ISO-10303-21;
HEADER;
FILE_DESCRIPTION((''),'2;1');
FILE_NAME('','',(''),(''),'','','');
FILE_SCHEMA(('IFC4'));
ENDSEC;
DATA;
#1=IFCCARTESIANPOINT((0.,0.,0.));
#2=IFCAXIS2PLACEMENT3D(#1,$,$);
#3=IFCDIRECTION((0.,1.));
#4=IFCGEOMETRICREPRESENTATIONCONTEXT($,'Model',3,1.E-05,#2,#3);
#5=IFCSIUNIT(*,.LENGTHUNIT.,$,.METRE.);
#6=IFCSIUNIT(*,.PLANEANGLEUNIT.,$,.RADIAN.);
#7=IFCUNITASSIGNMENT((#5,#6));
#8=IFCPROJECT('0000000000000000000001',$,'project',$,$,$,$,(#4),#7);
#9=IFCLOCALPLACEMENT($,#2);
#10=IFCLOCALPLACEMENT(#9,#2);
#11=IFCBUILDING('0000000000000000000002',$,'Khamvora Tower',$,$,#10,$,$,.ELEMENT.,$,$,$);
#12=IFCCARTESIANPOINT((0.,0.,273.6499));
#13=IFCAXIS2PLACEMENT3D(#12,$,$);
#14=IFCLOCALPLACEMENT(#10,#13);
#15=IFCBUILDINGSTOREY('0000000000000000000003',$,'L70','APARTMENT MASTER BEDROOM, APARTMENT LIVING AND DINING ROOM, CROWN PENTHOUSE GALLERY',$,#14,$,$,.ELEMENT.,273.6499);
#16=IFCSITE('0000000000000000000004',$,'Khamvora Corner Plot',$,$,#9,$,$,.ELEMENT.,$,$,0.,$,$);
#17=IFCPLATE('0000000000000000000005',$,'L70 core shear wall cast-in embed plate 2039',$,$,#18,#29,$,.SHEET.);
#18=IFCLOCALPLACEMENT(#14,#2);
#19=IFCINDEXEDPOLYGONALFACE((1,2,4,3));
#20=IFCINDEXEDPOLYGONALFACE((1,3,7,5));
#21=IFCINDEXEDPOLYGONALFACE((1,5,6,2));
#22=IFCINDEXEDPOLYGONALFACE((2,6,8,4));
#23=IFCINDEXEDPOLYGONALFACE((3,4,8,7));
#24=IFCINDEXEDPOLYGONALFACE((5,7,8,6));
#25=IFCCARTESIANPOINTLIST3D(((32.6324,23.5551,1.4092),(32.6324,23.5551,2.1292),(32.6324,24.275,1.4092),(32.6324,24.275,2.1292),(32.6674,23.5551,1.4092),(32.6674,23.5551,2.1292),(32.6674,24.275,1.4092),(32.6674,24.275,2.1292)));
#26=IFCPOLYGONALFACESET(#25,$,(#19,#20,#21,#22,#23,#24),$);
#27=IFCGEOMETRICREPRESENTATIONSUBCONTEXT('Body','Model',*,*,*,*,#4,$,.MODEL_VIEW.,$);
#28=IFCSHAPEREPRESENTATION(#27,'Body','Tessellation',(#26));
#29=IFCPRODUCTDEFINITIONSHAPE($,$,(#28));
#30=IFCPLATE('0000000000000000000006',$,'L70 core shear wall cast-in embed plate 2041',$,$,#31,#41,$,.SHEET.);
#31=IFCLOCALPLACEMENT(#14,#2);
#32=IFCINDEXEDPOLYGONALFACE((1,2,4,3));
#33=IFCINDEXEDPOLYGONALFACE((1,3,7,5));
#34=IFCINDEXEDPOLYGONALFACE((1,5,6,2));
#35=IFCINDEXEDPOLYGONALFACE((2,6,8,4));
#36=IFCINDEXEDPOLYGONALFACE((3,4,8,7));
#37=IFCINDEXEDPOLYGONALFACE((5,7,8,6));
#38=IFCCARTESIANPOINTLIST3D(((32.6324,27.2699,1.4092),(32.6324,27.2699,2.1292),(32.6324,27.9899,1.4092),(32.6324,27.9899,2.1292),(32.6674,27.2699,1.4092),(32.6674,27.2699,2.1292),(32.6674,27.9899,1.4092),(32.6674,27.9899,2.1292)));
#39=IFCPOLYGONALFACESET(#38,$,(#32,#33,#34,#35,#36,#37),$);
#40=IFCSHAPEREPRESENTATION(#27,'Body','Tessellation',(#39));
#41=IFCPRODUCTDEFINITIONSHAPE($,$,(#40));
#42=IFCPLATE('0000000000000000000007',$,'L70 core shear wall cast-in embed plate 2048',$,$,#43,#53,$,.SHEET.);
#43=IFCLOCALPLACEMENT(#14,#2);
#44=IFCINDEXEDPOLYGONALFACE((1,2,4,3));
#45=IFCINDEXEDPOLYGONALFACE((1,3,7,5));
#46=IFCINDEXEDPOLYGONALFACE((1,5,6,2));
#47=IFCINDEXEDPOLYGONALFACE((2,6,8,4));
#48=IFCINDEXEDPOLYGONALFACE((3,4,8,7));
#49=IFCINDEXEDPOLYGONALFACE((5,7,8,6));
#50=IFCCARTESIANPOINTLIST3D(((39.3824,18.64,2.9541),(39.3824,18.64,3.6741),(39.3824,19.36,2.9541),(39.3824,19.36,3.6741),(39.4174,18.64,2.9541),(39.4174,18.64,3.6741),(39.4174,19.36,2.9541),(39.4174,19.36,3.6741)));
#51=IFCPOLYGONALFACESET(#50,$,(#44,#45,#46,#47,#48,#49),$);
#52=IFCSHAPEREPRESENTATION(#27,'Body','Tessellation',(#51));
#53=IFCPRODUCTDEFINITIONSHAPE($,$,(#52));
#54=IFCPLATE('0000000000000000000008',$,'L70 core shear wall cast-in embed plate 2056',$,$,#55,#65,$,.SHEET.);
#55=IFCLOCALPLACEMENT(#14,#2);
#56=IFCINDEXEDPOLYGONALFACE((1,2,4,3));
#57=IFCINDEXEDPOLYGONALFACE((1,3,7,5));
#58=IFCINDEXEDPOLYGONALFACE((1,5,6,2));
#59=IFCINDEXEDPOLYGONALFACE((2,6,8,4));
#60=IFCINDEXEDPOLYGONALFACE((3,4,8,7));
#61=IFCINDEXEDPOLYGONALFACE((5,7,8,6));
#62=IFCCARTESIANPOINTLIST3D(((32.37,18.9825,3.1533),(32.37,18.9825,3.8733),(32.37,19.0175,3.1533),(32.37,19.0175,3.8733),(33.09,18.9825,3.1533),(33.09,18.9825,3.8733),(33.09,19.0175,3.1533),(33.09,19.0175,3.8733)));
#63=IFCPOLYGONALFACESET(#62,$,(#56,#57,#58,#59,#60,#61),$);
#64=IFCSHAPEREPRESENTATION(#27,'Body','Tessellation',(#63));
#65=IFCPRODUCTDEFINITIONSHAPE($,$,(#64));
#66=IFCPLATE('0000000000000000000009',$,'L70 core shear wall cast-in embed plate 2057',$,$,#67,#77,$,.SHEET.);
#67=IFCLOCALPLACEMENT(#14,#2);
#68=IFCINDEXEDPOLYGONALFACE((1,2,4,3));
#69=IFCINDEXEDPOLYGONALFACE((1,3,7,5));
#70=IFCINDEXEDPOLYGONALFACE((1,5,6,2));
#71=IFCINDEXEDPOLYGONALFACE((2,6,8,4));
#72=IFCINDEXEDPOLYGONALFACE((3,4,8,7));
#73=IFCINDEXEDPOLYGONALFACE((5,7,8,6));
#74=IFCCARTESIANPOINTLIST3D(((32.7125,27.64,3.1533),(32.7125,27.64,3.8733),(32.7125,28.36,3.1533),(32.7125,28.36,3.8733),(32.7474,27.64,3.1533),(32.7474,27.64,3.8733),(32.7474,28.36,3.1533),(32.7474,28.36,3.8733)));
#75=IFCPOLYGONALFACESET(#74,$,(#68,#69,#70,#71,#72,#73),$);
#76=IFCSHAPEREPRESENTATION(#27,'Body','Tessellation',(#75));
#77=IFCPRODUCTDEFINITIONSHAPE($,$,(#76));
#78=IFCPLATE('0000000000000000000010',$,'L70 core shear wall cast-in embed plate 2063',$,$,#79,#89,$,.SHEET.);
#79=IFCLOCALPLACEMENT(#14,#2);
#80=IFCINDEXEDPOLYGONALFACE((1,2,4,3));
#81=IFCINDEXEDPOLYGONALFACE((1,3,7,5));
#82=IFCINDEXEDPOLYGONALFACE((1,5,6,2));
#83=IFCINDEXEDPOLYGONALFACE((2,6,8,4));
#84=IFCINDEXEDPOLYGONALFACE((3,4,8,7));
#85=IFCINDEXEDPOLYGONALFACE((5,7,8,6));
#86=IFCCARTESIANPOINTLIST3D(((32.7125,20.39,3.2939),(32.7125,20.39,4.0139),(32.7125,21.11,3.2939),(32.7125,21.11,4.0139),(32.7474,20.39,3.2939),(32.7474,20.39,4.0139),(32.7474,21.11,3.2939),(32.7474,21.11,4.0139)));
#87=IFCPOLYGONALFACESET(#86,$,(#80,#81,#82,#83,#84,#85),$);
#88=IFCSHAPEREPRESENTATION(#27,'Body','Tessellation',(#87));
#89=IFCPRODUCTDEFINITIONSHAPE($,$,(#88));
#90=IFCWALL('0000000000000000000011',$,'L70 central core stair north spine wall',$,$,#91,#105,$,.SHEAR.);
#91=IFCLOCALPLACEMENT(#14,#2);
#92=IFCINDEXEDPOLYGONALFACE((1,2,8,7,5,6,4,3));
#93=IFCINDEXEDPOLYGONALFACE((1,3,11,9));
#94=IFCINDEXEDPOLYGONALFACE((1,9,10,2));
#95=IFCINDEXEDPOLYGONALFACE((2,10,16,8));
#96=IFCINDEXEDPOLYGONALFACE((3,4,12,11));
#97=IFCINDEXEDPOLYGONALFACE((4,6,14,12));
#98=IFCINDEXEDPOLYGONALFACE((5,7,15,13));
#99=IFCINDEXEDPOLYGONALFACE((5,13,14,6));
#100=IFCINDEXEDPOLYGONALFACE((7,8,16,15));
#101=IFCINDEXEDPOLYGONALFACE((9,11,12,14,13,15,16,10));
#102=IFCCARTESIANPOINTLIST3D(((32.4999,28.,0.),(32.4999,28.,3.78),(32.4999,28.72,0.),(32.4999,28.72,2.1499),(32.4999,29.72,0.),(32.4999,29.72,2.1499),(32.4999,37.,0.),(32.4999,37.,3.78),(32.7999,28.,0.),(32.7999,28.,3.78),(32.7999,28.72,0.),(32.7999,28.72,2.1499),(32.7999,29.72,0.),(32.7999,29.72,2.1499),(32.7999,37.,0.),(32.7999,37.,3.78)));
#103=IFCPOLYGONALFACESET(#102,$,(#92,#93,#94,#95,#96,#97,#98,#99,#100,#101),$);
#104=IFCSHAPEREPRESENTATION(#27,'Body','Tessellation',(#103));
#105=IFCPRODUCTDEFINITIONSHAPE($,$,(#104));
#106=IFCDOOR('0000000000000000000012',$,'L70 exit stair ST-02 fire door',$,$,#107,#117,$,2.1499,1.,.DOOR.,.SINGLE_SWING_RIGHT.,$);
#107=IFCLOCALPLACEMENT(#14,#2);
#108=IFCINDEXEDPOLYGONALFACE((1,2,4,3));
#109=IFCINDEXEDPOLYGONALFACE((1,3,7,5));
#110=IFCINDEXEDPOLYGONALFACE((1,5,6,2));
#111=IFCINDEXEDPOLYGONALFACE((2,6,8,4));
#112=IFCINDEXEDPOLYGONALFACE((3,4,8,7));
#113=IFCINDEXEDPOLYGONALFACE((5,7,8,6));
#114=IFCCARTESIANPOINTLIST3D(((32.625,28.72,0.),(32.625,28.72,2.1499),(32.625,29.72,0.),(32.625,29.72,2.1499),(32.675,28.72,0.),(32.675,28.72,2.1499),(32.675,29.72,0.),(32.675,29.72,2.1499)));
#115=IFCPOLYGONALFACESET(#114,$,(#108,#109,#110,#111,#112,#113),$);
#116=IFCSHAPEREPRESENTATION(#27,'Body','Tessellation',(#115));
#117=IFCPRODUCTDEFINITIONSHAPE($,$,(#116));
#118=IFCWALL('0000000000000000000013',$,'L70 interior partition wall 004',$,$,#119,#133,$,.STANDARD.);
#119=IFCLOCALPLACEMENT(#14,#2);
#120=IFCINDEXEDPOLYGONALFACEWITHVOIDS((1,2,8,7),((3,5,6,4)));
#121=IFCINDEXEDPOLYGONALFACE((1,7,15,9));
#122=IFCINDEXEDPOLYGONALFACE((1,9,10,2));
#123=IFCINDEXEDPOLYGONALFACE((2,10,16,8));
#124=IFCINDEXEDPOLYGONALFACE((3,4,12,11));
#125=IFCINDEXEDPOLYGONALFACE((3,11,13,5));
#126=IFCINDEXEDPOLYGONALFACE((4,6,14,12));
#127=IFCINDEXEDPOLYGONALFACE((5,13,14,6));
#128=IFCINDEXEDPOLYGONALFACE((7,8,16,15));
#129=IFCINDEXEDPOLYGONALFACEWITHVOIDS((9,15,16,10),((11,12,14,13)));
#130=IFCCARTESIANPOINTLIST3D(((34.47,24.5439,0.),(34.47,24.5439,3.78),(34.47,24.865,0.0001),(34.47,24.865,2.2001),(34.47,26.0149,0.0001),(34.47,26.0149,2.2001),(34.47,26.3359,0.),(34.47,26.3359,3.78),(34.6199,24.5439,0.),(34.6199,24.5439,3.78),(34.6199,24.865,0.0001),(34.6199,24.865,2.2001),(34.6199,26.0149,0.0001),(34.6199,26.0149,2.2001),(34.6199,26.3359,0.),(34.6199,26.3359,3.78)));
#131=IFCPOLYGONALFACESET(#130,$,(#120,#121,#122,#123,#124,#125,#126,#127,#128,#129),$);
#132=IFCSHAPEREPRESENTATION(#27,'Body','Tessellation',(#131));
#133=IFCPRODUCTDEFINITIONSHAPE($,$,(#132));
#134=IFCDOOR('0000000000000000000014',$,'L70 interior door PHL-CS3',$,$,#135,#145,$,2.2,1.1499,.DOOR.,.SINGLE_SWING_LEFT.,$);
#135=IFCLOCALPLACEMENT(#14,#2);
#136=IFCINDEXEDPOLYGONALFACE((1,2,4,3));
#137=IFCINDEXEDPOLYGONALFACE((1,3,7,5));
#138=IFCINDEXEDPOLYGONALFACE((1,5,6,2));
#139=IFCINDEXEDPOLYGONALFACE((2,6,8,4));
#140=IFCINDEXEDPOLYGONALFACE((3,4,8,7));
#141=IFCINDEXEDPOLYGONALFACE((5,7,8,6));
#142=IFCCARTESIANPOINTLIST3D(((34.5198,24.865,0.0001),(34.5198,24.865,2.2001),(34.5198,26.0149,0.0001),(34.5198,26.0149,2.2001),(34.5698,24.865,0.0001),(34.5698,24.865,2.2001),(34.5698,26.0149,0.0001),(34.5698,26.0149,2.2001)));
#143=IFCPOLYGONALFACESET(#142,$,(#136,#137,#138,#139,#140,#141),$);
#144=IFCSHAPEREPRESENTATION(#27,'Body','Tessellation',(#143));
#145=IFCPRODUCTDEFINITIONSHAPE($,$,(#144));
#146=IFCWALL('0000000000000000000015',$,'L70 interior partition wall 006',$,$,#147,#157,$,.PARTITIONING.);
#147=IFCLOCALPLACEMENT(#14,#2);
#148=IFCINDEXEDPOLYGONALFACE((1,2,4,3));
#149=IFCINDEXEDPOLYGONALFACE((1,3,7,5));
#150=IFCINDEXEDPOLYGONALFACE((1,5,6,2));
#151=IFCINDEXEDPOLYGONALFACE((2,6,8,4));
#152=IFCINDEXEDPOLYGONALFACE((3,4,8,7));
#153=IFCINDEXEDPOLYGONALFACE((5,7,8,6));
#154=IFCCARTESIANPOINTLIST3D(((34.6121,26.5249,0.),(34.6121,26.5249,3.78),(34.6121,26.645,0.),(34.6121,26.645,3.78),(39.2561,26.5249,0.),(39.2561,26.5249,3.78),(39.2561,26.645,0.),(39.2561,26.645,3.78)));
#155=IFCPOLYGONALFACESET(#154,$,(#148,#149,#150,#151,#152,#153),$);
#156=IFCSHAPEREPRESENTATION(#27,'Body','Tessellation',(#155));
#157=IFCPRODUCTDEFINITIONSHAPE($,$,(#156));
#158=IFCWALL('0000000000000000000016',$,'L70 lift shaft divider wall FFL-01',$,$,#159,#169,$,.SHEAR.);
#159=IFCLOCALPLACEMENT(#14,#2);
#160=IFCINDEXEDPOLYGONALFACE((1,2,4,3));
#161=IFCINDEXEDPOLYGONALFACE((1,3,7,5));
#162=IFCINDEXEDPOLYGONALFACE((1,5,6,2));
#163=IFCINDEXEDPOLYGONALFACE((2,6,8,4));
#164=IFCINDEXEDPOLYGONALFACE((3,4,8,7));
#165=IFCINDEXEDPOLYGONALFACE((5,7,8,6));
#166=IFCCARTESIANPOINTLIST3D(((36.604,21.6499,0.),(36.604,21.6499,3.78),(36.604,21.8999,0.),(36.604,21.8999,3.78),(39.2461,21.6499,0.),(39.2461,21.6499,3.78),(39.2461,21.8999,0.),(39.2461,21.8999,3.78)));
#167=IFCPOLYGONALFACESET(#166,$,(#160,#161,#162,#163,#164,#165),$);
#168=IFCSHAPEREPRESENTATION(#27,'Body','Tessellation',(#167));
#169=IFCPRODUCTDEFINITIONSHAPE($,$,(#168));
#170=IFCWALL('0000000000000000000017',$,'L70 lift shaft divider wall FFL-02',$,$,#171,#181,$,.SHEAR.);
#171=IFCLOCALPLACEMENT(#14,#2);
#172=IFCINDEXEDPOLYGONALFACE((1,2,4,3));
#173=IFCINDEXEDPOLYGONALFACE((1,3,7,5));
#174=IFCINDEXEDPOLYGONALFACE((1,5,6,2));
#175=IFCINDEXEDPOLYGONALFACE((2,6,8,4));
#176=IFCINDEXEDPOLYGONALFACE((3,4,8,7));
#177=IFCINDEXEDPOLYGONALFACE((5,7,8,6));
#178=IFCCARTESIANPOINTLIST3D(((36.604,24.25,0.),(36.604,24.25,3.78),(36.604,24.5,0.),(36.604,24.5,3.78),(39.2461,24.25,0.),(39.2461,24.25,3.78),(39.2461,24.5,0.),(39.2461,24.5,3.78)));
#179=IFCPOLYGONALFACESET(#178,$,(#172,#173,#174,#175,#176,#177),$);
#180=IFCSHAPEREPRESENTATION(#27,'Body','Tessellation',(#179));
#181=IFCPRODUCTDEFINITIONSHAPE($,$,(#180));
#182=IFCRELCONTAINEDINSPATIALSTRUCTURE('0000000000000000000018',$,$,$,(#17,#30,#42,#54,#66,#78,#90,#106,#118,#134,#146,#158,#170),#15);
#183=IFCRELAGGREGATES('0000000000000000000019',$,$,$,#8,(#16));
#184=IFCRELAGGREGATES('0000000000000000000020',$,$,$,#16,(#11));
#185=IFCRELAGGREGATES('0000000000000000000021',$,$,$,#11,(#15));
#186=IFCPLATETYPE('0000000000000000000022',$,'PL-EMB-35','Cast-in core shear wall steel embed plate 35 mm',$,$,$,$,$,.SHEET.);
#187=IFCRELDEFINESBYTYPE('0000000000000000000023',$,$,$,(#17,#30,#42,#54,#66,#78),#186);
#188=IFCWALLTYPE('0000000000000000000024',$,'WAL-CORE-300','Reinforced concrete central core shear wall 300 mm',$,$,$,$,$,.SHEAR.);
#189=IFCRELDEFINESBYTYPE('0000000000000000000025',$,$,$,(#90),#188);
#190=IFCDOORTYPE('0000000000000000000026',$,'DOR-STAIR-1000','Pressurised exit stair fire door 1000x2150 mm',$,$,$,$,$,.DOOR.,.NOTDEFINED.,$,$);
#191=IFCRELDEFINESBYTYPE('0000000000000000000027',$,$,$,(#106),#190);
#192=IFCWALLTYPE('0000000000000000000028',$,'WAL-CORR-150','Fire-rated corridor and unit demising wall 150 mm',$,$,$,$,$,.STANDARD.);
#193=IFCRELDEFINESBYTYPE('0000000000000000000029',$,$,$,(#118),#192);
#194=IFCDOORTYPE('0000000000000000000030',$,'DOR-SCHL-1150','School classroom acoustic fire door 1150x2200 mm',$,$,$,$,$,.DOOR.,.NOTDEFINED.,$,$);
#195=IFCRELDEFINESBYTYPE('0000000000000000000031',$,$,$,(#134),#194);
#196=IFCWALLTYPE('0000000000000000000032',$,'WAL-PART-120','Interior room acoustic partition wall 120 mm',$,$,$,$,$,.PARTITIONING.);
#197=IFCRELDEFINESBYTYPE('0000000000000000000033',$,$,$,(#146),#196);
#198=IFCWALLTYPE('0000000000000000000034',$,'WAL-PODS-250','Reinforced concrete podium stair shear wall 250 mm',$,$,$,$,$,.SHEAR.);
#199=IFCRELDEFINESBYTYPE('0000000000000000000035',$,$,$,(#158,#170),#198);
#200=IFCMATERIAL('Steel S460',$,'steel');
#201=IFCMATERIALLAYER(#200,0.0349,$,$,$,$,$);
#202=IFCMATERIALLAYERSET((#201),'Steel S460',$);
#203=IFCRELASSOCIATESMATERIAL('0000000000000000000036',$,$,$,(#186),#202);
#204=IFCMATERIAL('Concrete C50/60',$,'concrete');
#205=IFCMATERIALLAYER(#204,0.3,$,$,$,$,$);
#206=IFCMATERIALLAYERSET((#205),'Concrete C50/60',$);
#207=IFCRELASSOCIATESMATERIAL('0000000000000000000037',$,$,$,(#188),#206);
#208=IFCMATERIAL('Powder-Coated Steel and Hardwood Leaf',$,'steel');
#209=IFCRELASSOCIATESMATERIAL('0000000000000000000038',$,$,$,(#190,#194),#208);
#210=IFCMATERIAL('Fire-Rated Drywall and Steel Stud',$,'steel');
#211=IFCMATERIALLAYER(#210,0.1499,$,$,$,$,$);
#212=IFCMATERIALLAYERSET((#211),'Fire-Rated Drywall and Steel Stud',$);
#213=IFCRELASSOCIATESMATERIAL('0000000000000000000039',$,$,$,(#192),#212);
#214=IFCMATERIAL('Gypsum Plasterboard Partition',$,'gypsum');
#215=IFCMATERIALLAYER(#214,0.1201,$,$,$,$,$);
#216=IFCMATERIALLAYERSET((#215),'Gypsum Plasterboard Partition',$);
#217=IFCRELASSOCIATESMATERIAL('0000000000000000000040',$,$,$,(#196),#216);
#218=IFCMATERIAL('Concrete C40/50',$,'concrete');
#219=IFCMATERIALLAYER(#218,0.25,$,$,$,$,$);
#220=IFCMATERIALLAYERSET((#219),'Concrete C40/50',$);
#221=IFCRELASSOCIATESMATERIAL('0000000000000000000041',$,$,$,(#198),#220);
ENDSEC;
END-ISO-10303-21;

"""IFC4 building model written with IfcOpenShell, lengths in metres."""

from ifc_helpers import new_model, si_unit, direction, frame, frame_2d, origin, origin_2d, place, context, subcontext, project, spatial, rectangle, extrude, material, layer, layer_set, type_object, element, fill, save


model = new_model("IFC4")

# Units and contexts
model_context = context("Model", 3, precision=1e-05, world=origin(), true_north=direction((0.0, 1.0)))
body_context = subcontext(model_context, "Body", "Model", "MODEL_VIEW")
ifc_project = project(units=[si_unit("LENGTHUNIT", "METRE"), si_unit("PLANEANGLEUNIT", "RADIAN")], contexts=[model_context])

# Site, building, storey
site_placement = place(None, origin())
site = spatial("IfcSite", under=ifc_project, at=site_placement, Name="Khamvora Corner Plot", CompositionType="ELEMENT", RefElevation=0.0)
building_placement = place(site_placement, origin())
building = spatial("IfcBuilding", under=site, at=building_placement, Name="Khamvora Tower", CompositionType="ELEMENT")
storey_placement = place(building_placement, frame((0.0, 0.0, 273.6499)))
storey = spatial("IfcBuildingStorey", under=building, at=storey_placement, Name="L70", Description="APARTMENT MASTER BEDROOM, APARTMENT LIVING AND DINING ROOM, CROWN PENTHOUSE GALLERY", CompositionType="ELEMENT", Elevation=273.6499)

# Shared definitions
ifc_material_1 = material(Name="Steel S460", Category="steel")

# Plates
ifc_layer_1 = layer(ifc_material_1, 0.0349)
ifc_layer_set_1 = layer_set([ifc_layer_1], Name="Steel S460")
plate_type = type_object("IfcPlateType", Name="PL-EMB-35", Description="Cast-in core shear wall steel embed plate 35 mm", PredefinedType="SHEET", material=ifc_layer_set_1)
for number, where, z_axis, x_axis, name in (
    (1, (32.6499, 23.915, 1.4092), (0.0, 0.0, 1.0), (1.0, 0.0, 0.0), "L70 core shear wall cast-in embed plate 2039"),
    (2, (32.6499, 27.6299, 1.4092), (0.0, 0.0, 1.0), (1.0, 0.0, 0.0), "L70 core shear wall cast-in embed plate 2041"),
    (3, (39.3999, 19.0, 2.9541), (0.0, 0.0, 1.0), (1.0, 0.0, 0.0), "L70 core shear wall cast-in embed plate 2048"),
):
    element("IfcPlate", number, at=place(storey_placement, frame(where, z_axis=z_axis, x_axis=x_axis)), inside=storey, type_object=plate_type, Name=name, PredefinedType="SHEET", context=body_context, shape_type="SweptSolid", body=[
        extrude(rectangle(XDim=0.0349, YDim=0.72, at=origin_2d()), origin(), (0.0, 0.0, 1.0), 0.72),
    ])
plate_placement = place(storey_placement, frame((32.73, 19.0, 3.1533), z_axis=(0.0, 0.0, 1.0), x_axis=(1.0, 0.0, 0.0)))
element("IfcPlate", 4, at=plate_placement, inside=storey, type_object=plate_type, Name="L70 core shear wall cast-in embed plate 2056", PredefinedType="SHEET", context=body_context, shape_type="SweptSolid", body=[
    extrude(rectangle(XDim=0.72, YDim=0.0349, at=origin_2d()), origin(), (0.0, 0.0, 1.0), 0.72),
])
for number, where, z_axis, x_axis, name in (
    (5, (32.73, 28.0, 3.1533), (0.0, 0.0, 1.0), (1.0, 0.0, 0.0), "L70 core shear wall cast-in embed plate 2057"),
    (6, (32.73, 20.75, 3.2939), (0.0, 0.0, 1.0), (1.0, 0.0, 0.0), "L70 core shear wall cast-in embed plate 2063"),
):
    element("IfcPlate", number, at=place(storey_placement, frame(where, z_axis=z_axis, x_axis=x_axis)), inside=storey, type_object=plate_type, Name=name, PredefinedType="SHEET", context=body_context, shape_type="SweptSolid", body=[
        extrude(rectangle(XDim=0.0349, YDim=0.72, at=origin_2d()), origin(), (0.0, 0.0, 1.0), 0.72),
    ])

# Wall, opening, door
ifc_material_2 = material(Name="Concrete C50/60", Category="concrete")
ifc_layer_2 = layer(ifc_material_2, 0.3)
ifc_layer_set_2 = layer_set([ifc_layer_2], Name="Concrete C50/60")
wall_type_1 = type_object("IfcWallType", Name="WAL-CORE-300", Description="Reinforced concrete central core shear wall 300 mm", PredefinedType="SHEAR", material=ifc_layer_set_2)
wall_1_placement = place(storey_placement, frame((32.6499, 28.0, 0.0), z_axis=(0.0, 0.0, 1.0), x_axis=(0.0, 1.0, 0.0)))
wall_1 = element("IfcWall", 7, at=wall_1_placement, inside=storey, type_object=wall_type_1, Name="L70 central core stair north spine wall", PredefinedType="SHEAR", context=body_context, shape_type="SweptSolid", body=[
    extrude(rectangle(XDim=9.0, YDim=0.3, at=frame_2d((4.5, 0.0))), origin(), (0.0, 0.0, 1.0), 3.78),
])
opening_1_placement = place(wall_1_placement, frame((0.72, 0.0, 0.0)))
opening_1 = element("IfcOpeningElement", 8, at=opening_1_placement, cuts=wall_1, PredefinedType="OPENING", context=body_context, shape_type="SweptSolid", body=[
    extrude(rectangle(XDim=1.0, YDim=2.1499, at=frame_2d((0.5, 1.075))), frame((0.0, 0.1599, 0.0), z_axis=(0.0, -1.0, 0.0), x_axis=(1.0, 0.0, 0.0)), (0.0, 0.0, 1.0), 0.3201),
])
ifc_material_3 = material(Name="Powder-Coated Steel and Hardwood Leaf", Category="steel")
door_type_1 = type_object("IfcDoorType", Name="DOR-STAIR-1000", Description="Pressurised exit stair fire door 1000x2150 mm", OperationType="NOTDEFINED", PredefinedType="DOOR", material=ifc_material_3)
door_1_placement = place(opening_1_placement, origin())
door_1 = element("IfcDoor", 9, at=door_1_placement, inside=storey, type_object=door_type_1, Name="L70 exit stair ST-02 fire door", OperationType="SINGLE_SWING_RIGHT", OverallHeight=2.1499, OverallWidth=1.0, PredefinedType="DOOR", context=body_context, shape_type="SweptSolid", body=[
    extrude(rectangle(XDim=1.0, YDim=2.1499, at=frame_2d((0.5, 1.075))), frame((0.0, 0.0249, 0.0), z_axis=(0.0, -1.0, 0.0), x_axis=(1.0, 0.0, 0.0)), (0.0, 0.0, 1.0), 0.05),
])
fill(opening_1, door_1)

# Wall, opening, door
ifc_material_4 = material(Name="Fire-Rated Drywall and Steel Stud", Category="steel")
ifc_layer_3 = layer(ifc_material_4, 0.1499)
ifc_layer_set_3 = layer_set([ifc_layer_3], Name="Fire-Rated Drywall and Steel Stud")
wall_type_2 = type_object("IfcWallType", Name="WAL-CORR-150", Description="Fire-rated corridor and unit demising wall 150 mm", PredefinedType="STANDARD", material=ifc_layer_set_3)
wall_2_placement = place(storey_placement, frame((34.5449, 26.3359, 0.0), z_axis=(0.0, 0.0, 1.0), x_axis=(0.0, -1.0, 0.0)))
wall_2 = element("IfcWall", 10, at=wall_2_placement, inside=storey, type_object=wall_type_2, Name="L70 interior partition wall 004", PredefinedType="STANDARD", context=body_context, shape_type="SweptSolid", body=[
    extrude(rectangle(XDim=1.792, YDim=0.1499, at=frame_2d((0.896, 0.0))), origin(), (0.0, 0.0, 1.0), 3.78),
])
opening_2_placement = place(wall_2_placement, frame((0.321, 0.0, 0.0)))
opening_2 = element("IfcOpeningElement", 11, at=opening_2_placement, cuts=wall_2, PredefinedType="OPENING", context=body_context, shape_type="SweptSolid", body=[
    extrude(rectangle(XDim=1.1499, YDim=2.2, at=frame_2d((0.575, 1.1001))), frame((0.0, 0.085, 0.0), z_axis=(0.0, -1.0, 0.0), x_axis=(1.0, 0.0, 0.0)), (0.0, 0.0, 1.0), 0.1699),
])
door_type_2 = type_object("IfcDoorType", Name="DOR-SCHL-1150", Description="School classroom acoustic fire door 1150x2200 mm", OperationType="NOTDEFINED", PredefinedType="DOOR", material=ifc_material_3)
door_2_placement = place(opening_2_placement, origin())
door_2 = element("IfcDoor", 12, at=door_2_placement, inside=storey, type_object=door_type_2, Name="L70 interior door PHL-CS3", OperationType="SINGLE_SWING_LEFT", OverallHeight=2.2, OverallWidth=1.1499, PredefinedType="DOOR", context=body_context, shape_type="SweptSolid", body=[
    extrude(rectangle(XDim=1.1499, YDim=2.2, at=frame_2d((0.575, 1.1001))), frame((0.0, 0.0249, 0.0), z_axis=(0.0, -1.0, 0.0), x_axis=(1.0, 0.0, 0.0)), (0.0, 0.0, 1.0), 0.05),
])
fill(opening_2, door_2)

# Walls
ifc_material_5 = material(Name="Gypsum Plasterboard Partition", Category="gypsum")
ifc_layer_4 = layer(ifc_material_5, 0.1201)
ifc_layer_set_4 = layer_set([ifc_layer_4], Name="Gypsum Plasterboard Partition")
wall_type_3 = type_object("IfcWallType", Name="WAL-PART-120", Description="Interior room acoustic partition wall 120 mm", PredefinedType="PARTITIONING", material=ifc_layer_set_4)
wall_3_placement = place(storey_placement, frame((39.2561, 26.585, 0.0), z_axis=(0.0, 0.0, 1.0), x_axis=(-1.0, 0.0, 0.0)))
element("IfcWall", 13, at=wall_3_placement, inside=storey, type_object=wall_type_3, Name="L70 interior partition wall 006", PredefinedType="PARTITIONING", context=body_context, shape_type="SweptSolid", body=[
    extrude(rectangle(XDim=4.644, YDim=0.1201, at=frame_2d((2.322, 0.0))), origin(), (0.0, 0.0, 1.0), 3.78),
])
ifc_material_6 = material(Name="Concrete C40/50", Category="concrete")
ifc_layer_5 = layer(ifc_material_6, 0.25)
ifc_layer_set_5 = layer_set([ifc_layer_5], Name="Concrete C40/50")
wall_type_4 = type_object("IfcWallType", Name="WAL-PODS-250", Description="Reinforced concrete podium stair shear wall 250 mm", PredefinedType="SHEAR", material=ifc_layer_set_5)
for number, where, z_axis, x_axis, name in (
    (14, (36.604, 21.7749, 0.0), (0.0, 0.0, 1.0), (1.0, 0.0, 0.0), "L70 lift shaft divider wall FFL-01"),
    (15, (36.604, 24.375, 0.0), (0.0, 0.0, 1.0), (1.0, 0.0, 0.0), "L70 lift shaft divider wall FFL-02"),
):
    element("IfcWall", number, at=place(storey_placement, frame(where, z_axis=z_axis, x_axis=x_axis)), inside=storey, type_object=wall_type_4, Name=name, PredefinedType="SHEAR", context=body_context, shape_type="SweptSolid", body=[
        extrude(rectangle(XDim=2.6421, YDim=0.25, at=frame_2d((1.321, 0.0))), origin(), (0.0, 0.0, 1.0), 3.78),
    ])

save(model, "model.ifc")
